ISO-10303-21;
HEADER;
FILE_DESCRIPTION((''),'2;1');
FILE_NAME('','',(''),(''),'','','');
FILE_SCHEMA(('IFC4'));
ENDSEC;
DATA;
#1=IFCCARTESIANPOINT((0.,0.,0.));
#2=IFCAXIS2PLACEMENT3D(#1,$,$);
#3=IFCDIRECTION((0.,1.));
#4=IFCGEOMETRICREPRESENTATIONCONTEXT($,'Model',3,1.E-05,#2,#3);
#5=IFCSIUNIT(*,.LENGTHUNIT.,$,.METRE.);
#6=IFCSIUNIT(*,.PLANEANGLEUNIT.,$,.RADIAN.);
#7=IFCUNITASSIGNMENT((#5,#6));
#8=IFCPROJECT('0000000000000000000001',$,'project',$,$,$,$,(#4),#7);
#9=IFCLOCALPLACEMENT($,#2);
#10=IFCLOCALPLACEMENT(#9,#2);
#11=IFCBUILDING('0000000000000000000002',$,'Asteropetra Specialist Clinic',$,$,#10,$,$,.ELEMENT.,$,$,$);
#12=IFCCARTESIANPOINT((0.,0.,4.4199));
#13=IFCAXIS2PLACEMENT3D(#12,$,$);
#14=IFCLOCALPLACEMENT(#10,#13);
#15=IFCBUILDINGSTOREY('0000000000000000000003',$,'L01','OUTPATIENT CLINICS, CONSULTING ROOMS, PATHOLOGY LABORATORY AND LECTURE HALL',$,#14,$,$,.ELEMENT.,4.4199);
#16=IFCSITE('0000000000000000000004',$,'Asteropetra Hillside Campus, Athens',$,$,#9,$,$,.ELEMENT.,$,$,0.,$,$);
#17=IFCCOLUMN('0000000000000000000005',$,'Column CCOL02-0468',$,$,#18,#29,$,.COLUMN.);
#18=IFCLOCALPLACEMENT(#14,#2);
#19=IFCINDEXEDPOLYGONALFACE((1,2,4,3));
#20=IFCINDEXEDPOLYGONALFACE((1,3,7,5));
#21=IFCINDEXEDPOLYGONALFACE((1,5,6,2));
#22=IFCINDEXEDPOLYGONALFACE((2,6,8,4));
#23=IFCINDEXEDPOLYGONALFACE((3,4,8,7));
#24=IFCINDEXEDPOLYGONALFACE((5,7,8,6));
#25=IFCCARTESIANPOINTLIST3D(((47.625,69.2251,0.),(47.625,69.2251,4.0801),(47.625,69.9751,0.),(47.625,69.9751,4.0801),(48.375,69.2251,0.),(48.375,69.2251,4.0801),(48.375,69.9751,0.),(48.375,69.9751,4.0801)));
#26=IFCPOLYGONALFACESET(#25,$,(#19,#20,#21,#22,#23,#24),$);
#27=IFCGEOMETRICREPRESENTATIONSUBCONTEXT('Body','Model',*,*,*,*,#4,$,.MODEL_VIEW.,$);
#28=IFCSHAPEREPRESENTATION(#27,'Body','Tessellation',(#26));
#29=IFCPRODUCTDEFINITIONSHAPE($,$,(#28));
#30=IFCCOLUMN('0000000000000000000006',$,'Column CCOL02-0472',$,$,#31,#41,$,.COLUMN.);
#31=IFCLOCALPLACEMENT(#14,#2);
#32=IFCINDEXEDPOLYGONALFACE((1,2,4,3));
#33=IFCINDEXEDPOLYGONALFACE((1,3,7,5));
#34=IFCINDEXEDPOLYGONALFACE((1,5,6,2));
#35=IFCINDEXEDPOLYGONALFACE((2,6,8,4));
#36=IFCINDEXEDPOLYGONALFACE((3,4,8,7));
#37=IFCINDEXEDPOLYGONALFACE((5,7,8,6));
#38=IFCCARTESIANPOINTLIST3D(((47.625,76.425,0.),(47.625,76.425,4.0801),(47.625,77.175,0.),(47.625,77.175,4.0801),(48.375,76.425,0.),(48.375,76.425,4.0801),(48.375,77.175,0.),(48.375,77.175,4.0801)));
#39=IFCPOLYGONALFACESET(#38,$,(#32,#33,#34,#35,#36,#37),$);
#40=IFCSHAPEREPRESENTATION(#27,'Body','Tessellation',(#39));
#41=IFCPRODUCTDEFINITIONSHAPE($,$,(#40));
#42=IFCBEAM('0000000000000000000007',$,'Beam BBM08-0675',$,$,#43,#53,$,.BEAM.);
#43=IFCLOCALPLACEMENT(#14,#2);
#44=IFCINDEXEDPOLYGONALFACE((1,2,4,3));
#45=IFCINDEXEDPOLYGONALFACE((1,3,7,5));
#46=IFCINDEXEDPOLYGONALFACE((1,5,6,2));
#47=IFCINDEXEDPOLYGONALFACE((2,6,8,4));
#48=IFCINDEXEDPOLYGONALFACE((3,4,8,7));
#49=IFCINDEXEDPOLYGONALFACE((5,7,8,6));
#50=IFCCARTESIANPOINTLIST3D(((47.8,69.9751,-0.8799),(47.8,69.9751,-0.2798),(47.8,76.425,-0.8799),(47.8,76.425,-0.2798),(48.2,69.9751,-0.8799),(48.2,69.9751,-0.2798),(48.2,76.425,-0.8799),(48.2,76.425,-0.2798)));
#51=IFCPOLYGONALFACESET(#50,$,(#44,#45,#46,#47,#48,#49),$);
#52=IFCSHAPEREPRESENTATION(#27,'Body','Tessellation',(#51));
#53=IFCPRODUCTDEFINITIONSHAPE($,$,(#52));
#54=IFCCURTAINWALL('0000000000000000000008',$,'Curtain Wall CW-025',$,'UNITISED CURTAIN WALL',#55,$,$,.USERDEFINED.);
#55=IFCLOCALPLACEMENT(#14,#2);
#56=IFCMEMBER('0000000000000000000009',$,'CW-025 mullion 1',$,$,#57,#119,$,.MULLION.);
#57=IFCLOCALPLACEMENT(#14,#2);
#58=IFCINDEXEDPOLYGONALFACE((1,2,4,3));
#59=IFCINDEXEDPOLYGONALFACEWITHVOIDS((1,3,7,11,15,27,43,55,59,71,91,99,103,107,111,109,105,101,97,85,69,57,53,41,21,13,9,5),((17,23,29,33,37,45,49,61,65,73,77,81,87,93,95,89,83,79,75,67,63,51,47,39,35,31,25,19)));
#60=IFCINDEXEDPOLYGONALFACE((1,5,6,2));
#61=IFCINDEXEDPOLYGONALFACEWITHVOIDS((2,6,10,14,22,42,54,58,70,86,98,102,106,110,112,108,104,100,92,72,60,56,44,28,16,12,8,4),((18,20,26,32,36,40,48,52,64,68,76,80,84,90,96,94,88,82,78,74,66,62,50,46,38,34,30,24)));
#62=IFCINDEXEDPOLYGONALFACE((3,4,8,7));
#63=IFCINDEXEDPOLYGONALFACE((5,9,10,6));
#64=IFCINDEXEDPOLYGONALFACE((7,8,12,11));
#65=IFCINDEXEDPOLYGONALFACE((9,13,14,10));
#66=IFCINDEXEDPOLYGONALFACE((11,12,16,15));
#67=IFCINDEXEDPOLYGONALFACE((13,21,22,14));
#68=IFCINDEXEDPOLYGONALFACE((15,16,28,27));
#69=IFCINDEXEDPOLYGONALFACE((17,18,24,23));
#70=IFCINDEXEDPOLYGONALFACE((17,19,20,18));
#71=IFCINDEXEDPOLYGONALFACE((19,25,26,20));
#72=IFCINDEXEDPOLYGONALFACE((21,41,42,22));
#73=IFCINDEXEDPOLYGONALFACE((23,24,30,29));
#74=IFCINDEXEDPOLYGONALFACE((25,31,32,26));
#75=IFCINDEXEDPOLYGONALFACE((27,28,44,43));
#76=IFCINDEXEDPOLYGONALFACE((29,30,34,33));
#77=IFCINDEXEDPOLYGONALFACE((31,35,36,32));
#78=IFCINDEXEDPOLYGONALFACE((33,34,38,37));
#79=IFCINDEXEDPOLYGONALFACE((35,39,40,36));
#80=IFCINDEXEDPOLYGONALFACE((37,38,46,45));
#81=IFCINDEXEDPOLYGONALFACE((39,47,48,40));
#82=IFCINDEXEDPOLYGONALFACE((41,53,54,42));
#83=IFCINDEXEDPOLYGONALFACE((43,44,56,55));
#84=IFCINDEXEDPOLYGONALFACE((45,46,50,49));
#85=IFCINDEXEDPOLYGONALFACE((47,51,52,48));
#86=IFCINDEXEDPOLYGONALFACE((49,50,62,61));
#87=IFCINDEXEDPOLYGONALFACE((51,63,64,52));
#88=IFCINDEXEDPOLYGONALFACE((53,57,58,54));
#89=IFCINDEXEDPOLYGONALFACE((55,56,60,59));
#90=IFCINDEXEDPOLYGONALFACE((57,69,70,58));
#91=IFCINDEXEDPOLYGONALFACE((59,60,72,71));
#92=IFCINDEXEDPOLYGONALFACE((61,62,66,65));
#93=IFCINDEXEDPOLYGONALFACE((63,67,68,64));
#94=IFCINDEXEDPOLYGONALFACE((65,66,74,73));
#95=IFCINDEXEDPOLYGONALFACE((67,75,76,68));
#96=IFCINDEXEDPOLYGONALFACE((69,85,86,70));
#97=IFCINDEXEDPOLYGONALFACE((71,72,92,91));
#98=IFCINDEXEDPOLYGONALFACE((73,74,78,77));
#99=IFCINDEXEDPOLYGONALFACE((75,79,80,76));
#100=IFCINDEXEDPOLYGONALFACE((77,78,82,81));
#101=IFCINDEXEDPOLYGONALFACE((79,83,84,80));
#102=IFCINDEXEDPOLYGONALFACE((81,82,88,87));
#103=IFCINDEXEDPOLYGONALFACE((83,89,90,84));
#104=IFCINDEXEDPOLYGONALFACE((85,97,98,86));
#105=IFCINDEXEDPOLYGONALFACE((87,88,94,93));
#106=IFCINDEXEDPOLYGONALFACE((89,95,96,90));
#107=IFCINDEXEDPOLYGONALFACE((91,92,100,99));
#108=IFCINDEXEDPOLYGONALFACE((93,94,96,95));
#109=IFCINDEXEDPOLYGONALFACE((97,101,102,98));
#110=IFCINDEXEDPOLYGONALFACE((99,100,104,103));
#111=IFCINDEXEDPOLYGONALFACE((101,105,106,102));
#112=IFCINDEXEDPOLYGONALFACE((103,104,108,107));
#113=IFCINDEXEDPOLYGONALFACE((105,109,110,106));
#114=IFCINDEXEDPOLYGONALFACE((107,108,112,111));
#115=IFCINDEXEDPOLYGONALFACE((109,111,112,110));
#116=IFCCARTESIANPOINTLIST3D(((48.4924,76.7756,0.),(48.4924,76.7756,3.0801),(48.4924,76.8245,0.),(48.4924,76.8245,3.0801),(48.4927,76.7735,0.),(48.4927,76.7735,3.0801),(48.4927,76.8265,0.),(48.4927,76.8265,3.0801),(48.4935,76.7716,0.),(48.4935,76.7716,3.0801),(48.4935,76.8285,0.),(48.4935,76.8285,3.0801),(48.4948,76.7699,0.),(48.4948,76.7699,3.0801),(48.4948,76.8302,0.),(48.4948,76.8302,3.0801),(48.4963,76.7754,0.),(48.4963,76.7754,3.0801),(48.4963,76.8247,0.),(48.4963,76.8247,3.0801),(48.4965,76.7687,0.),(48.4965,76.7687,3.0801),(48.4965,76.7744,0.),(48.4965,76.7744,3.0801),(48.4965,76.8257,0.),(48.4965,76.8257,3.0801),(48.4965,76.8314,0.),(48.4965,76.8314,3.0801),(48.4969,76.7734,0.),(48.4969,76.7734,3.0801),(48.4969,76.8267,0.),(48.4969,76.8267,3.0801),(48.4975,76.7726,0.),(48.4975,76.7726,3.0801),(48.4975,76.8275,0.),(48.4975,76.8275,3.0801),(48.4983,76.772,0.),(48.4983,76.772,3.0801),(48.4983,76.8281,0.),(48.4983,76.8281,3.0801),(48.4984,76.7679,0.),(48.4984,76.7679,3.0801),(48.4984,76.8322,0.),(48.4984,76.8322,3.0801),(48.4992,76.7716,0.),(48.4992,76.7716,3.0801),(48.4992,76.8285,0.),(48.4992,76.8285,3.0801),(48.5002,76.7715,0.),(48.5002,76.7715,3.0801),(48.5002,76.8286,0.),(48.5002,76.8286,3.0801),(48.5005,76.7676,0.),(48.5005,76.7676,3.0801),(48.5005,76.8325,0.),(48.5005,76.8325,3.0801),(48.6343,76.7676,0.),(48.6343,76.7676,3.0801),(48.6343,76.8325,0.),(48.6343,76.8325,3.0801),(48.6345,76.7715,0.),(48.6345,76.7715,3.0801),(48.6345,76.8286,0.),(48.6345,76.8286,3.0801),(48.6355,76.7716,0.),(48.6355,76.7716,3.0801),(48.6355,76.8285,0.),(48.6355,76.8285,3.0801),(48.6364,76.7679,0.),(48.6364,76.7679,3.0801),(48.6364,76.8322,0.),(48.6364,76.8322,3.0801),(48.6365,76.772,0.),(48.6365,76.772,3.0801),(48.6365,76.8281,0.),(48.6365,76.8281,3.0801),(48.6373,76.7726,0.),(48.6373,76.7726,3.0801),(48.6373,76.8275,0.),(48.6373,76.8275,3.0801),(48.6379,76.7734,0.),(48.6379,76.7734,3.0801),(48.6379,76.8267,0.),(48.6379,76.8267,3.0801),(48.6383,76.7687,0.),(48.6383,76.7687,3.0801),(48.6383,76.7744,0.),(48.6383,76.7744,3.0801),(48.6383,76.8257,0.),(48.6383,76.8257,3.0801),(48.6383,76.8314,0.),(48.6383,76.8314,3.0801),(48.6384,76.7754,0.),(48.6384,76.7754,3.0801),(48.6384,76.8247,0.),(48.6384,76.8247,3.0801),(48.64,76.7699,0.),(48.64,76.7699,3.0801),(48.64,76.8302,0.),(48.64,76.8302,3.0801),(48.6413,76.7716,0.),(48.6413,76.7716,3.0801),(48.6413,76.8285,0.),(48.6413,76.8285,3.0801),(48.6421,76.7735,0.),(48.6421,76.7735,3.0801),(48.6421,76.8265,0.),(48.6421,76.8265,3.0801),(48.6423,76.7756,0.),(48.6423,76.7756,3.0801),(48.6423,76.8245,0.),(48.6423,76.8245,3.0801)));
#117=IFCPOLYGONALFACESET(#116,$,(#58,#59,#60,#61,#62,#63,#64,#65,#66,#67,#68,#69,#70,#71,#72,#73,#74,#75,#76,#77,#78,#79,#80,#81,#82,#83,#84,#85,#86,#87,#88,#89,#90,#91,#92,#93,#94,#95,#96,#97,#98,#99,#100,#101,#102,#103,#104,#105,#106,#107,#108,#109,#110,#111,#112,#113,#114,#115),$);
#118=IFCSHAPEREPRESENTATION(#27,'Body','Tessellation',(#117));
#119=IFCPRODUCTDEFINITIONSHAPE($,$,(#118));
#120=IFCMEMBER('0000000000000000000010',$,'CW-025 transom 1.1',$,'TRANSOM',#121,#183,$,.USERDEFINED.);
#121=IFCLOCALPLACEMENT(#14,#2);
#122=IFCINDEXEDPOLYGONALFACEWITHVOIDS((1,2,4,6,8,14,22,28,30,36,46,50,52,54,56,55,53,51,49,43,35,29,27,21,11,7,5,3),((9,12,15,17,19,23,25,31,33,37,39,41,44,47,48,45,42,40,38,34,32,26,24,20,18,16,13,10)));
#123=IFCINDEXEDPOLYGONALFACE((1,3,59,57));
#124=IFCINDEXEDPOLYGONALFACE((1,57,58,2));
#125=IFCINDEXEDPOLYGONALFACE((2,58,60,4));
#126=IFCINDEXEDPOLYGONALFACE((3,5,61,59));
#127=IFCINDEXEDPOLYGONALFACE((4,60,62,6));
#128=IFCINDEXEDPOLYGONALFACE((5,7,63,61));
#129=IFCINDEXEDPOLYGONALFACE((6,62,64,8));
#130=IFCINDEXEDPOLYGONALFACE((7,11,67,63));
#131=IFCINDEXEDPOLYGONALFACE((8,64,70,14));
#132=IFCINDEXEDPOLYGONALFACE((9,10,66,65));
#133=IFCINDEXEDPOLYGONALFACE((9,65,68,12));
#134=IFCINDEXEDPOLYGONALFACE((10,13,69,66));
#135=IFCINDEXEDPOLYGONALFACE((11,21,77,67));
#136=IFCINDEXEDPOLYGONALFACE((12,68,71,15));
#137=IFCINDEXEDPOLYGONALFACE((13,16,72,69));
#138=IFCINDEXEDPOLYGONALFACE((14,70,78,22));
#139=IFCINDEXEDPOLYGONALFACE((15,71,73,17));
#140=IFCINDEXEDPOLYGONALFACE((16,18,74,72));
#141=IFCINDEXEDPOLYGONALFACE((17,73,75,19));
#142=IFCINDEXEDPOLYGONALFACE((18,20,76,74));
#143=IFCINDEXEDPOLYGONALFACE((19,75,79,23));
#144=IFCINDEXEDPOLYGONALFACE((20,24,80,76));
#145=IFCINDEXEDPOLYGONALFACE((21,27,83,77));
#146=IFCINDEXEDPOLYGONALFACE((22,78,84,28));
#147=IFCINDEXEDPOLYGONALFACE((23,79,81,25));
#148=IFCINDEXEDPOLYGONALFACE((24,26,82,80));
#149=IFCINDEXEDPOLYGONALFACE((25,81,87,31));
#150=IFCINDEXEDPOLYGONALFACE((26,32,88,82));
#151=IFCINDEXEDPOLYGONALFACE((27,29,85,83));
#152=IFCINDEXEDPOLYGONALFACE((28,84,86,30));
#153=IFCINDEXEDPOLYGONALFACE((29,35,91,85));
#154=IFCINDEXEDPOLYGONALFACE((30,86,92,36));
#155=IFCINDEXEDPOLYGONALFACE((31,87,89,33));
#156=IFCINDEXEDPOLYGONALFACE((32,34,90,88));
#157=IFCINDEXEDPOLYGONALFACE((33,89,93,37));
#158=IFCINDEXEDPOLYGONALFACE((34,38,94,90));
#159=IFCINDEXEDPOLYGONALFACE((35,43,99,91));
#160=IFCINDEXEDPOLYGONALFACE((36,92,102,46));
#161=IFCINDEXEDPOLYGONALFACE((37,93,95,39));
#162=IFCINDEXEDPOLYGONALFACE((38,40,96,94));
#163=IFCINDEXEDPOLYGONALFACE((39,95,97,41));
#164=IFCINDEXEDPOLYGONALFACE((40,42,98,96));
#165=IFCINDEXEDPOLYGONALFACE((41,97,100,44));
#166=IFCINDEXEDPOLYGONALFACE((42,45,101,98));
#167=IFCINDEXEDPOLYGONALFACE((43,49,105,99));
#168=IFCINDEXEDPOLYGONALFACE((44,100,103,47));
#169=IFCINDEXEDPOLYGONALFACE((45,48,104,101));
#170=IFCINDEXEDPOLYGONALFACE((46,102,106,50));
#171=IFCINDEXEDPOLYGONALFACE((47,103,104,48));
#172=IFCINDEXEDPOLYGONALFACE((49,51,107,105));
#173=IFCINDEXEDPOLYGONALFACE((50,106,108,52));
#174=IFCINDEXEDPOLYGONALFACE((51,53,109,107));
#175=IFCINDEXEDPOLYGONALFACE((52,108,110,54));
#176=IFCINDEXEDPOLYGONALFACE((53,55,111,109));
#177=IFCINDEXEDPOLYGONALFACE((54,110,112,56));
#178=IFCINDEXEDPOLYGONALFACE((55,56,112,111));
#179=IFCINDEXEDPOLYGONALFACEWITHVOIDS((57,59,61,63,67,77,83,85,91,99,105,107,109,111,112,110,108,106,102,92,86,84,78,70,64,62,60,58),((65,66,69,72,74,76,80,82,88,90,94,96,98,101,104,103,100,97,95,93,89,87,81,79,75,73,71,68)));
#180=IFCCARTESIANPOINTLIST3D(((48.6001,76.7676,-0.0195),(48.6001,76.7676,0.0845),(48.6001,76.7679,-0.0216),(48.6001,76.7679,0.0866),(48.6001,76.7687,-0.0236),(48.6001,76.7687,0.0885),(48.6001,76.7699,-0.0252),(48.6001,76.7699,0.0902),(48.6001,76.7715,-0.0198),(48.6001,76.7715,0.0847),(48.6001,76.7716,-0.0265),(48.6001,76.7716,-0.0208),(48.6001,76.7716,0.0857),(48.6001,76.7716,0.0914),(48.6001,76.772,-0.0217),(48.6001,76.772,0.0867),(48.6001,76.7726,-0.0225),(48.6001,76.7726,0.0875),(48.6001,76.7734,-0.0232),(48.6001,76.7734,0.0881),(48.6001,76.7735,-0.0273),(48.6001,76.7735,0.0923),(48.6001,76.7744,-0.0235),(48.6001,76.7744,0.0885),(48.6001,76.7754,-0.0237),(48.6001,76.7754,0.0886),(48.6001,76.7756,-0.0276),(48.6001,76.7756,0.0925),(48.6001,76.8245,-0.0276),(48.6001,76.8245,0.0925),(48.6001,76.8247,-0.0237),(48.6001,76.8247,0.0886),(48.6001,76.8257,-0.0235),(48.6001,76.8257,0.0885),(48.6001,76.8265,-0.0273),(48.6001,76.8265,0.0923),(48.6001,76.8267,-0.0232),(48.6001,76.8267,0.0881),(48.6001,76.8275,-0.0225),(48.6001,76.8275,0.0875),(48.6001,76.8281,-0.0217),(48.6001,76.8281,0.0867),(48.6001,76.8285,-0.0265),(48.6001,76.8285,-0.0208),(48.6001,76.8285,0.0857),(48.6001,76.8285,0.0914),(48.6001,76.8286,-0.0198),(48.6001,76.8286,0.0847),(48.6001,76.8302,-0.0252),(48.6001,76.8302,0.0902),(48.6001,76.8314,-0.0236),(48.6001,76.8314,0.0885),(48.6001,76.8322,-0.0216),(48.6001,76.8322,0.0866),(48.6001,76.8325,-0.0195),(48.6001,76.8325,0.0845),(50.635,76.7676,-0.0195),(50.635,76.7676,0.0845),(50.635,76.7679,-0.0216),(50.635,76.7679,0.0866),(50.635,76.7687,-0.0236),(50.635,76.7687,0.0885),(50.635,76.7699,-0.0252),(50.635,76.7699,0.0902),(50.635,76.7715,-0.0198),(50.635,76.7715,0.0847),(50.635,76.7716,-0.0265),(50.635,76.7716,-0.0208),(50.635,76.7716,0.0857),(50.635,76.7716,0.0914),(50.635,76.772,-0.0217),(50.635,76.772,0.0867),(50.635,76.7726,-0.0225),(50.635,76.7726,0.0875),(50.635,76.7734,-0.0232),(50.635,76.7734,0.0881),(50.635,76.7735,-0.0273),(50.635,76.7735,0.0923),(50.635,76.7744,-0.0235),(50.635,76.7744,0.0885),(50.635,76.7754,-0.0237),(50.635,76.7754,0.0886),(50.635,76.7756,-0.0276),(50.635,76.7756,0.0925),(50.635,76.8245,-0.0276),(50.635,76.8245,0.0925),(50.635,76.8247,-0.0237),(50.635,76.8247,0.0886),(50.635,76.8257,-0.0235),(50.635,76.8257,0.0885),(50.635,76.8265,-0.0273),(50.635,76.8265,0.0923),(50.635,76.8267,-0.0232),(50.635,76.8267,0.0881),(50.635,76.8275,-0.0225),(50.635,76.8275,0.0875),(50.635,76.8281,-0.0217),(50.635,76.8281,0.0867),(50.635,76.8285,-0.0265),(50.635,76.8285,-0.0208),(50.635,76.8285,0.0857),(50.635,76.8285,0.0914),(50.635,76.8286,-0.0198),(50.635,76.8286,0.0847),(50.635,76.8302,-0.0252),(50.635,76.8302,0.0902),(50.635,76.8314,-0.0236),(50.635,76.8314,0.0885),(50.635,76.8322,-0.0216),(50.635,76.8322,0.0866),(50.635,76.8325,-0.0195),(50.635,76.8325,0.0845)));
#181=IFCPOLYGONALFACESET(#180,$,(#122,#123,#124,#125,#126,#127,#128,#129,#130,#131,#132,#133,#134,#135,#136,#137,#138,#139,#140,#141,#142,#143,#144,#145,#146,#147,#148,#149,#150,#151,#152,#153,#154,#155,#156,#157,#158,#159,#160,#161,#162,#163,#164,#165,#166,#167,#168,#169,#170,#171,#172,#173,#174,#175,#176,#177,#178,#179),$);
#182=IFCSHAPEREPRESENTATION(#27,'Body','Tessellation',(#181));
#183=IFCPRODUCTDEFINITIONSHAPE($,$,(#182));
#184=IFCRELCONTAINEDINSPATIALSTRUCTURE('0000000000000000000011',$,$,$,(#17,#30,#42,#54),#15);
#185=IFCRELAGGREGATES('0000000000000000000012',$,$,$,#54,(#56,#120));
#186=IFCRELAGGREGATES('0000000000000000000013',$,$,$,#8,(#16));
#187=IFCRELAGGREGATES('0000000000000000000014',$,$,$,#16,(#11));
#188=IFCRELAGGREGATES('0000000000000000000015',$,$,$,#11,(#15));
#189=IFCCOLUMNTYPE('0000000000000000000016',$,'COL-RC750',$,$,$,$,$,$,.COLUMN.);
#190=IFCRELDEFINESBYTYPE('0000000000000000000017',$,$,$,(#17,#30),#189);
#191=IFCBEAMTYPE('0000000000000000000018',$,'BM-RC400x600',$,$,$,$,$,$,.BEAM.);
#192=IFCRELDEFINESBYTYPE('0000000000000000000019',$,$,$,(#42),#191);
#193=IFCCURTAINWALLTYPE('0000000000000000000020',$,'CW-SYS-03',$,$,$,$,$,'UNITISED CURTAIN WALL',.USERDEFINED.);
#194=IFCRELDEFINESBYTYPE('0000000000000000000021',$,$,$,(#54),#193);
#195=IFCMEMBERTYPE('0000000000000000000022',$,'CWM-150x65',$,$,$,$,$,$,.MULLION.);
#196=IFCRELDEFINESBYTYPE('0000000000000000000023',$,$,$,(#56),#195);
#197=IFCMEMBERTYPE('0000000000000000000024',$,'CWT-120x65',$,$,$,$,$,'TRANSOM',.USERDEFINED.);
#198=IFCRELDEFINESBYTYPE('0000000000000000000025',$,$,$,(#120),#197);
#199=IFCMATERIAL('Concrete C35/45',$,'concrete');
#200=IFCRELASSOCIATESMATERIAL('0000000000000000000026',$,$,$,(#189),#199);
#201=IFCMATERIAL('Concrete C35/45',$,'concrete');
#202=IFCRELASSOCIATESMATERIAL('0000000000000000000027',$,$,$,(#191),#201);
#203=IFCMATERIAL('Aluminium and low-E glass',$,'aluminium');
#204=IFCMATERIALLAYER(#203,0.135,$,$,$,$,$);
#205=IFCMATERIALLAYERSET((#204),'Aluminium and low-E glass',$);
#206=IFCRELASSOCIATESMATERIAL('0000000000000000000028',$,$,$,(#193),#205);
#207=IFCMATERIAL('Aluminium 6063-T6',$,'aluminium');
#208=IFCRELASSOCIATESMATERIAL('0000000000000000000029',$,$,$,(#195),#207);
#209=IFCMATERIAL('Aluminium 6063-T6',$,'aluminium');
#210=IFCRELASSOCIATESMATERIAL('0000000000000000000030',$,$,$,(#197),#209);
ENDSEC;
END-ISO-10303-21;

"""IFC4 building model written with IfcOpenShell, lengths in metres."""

from ifc_helpers import new_model, si_unit, direction, frame, origin, origin_2d, place, context, subcontext, project, spatial, rectangle, hollow_rectangle, extrude, material, layer, layer_set, material_profile, profile_set, type_object, element, aggregate, save


model = new_model("IFC4")

# Units and contexts
model_context = context("Model", 3, precision=1e-05, world=origin(), true_north=direction((0.0, 1.0)))
body_context = subcontext(model_context, "Body", "Model", "MODEL_VIEW")
ifc_project = project(units=[si_unit("LENGTHUNIT", "METRE"), si_unit("PLANEANGLEUNIT", "RADIAN")], contexts=[model_context])

# Site, building, storey
site_placement = place(None, origin())
site = spatial("IfcSite", under=ifc_project, at=site_placement, Name="Asteropetra Hillside Campus, Athens", CompositionType="ELEMENT", RefElevation=0.0)
building_placement = place(site_placement, origin())
building = spatial("IfcBuilding", under=site, at=building_placement, Name="Asteropetra Specialist Clinic", CompositionType="ELEMENT")
storey_placement = place(building_placement, frame((0.0, 0.0, 4.4199)))
storey = spatial("IfcBuildingStorey", under=building, at=storey_placement, Name="L01", Description="OUTPATIENT CLINICS, CONSULTING ROOMS, PATHOLOGY LABORATORY AND LECTURE HALL", CompositionType="ELEMENT", Elevation=4.4199)

# Columns
ifc_material_1 = material(Name="Concrete C35/45", Category="concrete")
ifc_material_profile_1 = material_profile(ifc_material_1, rectangle(XDim=0.75, YDim=0.75, at=origin_2d()), Name="RC 750x750")
ifc_profile_set_1 = profile_set([ifc_material_profile_1], Name="Concrete C35/45")
column_type = type_object("IfcColumnType", Name="COL-RC750", PredefinedType="COLUMN", material=ifc_profile_set_1)
for number, where, z_axis, x_axis, name in (
    (1, (48.0, 69.6001, 0.0), (0.0, 0.0, 1.0), (1.0, 0.0, 0.0), "Column CCOL02-0468"),
    (2, (48.0, 76.8, 0.0), (0.0, 0.0, 1.0), (1.0, 0.0, 0.0), "Column CCOL02-0472"),
):
    element("IfcColumn", number, at=place(storey_placement, frame(where, z_axis=z_axis, x_axis=x_axis)), inside=storey, type_object=column_type, Name=name, PredefinedType="COLUMN", context=body_context, shape_type="SweptSolid", body=[
        extrude(rectangle(XDim=0.75, YDim=0.75, at=origin_2d()), origin(), (0.0, 0.0, 1.0), 4.0801),
    ])

# Beam
ifc_material_2 = material(Name="Concrete C35/45", Category="concrete")
ifc_material_profile_2 = material_profile(ifc_material_2, rectangle(XDim=0.3999, YDim=0.6001, at=origin_2d()), Name="RCB 400x600")
ifc_profile_set_2 = profile_set([ifc_material_profile_2], Name="Concrete C35/45")
beam_type_1 = type_object("IfcBeamType", Name="BM-RC400x600", PredefinedType="BEAM", material=ifc_profile_set_2)
beam_1_placement = place(storey_placement, frame((48.0, 69.9751, -0.5798), z_axis=(0.0, 1.0, 0.0), x_axis=(-1.0, 0.0, 0.0)))
element("IfcBeam", 3, at=beam_1_placement, inside=storey, type_object=beam_type_1, Name="Beam BBM08-0675", PredefinedType="BEAM", context=body_context, shape_type="SweptSolid", body=[
    extrude(rectangle(XDim=0.3999, YDim=0.6001, at=origin_2d()), origin(), (0.0, 0.0, 1.0), 6.45),
])

# Curtain wall, members
ifc_material_3 = material(Name="Aluminium and low-E glass", Category="aluminium")
ifc_layer_1 = layer(ifc_material_3, 0.135)
ifc_layer_set_1 = layer_set([ifc_layer_1], Name="Aluminium and low-E glass")
curtain_wall_type = type_object("IfcCurtainWallType", Name="CW-SYS-03", ElementType="UNITISED CURTAIN WALL", PredefinedType="USERDEFINED", material=ifc_layer_set_1)
curtain_wall_placement = place(storey_placement, origin())
curtain_wall = element("IfcCurtainWall", 4, at=curtain_wall_placement, inside=storey, type_object=curtain_wall_type, Name="Curtain Wall CW-025", ObjectType="UNITISED CURTAIN WALL", PredefinedType="USERDEFINED")
ifc_material_4 = material(Name="Aluminium 6063-T6", Category="aluminium")
ifc_material_profile_3 = material_profile(ifc_material_4, hollow_rectangle(XDim=0.0649, YDim=0.1499, WallThickness=0.0039, InnerFilletRadius=0.0039, OuterFilletRadius=0.0081, at=origin_2d()), Name="MUL 150x65x4.0")
ifc_profile_set_3 = profile_set([ifc_material_profile_3], Name="Aluminium 6063-T6")
member_type_1 = type_object("IfcMemberType", Name="CWM-150x65", PredefinedType="MULLION", material=ifc_profile_set_3)
member_1_placement = place(storey_placement, frame((48.5674, 76.8, 0.0), z_axis=(0.0, 0.0, 1.0), x_axis=(0.0, 1.0, 0.0)))
member_1 = element("IfcMember", 5, at=member_1_placement, type_object=member_type_1, Name="CW-025 mullion 1", PredefinedType="MULLION", context=body_context, shape_type="SweptSolid", body=[
    extrude(hollow_rectangle(XDim=0.0649, YDim=0.1499, WallThickness=0.0039, InnerFilletRadius=0.0039, OuterFilletRadius=0.0081, at=origin_2d()), origin(), (0.0, 0.0, 1.0), 3.0801),
])
ifc_material_5 = material(Name="Aluminium 6063-T6", Category="aluminium")
ifc_material_profile_4 = material_profile(ifc_material_5, hollow_rectangle(XDim=0.0649, YDim=0.1201, WallThickness=0.0039, InnerFilletRadius=0.0039, OuterFilletRadius=0.0081, at=origin_2d()), Name="TRN 120x65x4.0")
ifc_profile_set_4 = profile_set([ifc_material_profile_4], Name="Aluminium 6063-T6")
member_type_2 = type_object("IfcMemberType", Name="CWT-120x65", ElementType="TRANSOM", PredefinedType="USERDEFINED", material=ifc_profile_set_4)
member_2_placement = place(storey_placement, frame((48.6001, 76.8, 0.0325), z_axis=(1.0, 0.0, 0.0), x_axis=(0.0, 1.0, 0.0)))
member_2 = element("IfcMember", 6, at=member_2_placement, type_object=member_type_2, Name="CW-025 transom 1.1", ObjectType="TRANSOM", PredefinedType="USERDEFINED", context=body_context, shape_type="SweptSolid", body=[
    extrude(hollow_rectangle(XDim=0.0649, YDim=0.1201, WallThickness=0.0039, InnerFilletRadius=0.0039, OuterFilletRadius=0.0081, at=origin_2d()), origin(), (0.0, 0.0, 1.0), 2.0349),
])

aggregate(curtain_wall, [member_1, member_2])

save(model, "model.ifc")
